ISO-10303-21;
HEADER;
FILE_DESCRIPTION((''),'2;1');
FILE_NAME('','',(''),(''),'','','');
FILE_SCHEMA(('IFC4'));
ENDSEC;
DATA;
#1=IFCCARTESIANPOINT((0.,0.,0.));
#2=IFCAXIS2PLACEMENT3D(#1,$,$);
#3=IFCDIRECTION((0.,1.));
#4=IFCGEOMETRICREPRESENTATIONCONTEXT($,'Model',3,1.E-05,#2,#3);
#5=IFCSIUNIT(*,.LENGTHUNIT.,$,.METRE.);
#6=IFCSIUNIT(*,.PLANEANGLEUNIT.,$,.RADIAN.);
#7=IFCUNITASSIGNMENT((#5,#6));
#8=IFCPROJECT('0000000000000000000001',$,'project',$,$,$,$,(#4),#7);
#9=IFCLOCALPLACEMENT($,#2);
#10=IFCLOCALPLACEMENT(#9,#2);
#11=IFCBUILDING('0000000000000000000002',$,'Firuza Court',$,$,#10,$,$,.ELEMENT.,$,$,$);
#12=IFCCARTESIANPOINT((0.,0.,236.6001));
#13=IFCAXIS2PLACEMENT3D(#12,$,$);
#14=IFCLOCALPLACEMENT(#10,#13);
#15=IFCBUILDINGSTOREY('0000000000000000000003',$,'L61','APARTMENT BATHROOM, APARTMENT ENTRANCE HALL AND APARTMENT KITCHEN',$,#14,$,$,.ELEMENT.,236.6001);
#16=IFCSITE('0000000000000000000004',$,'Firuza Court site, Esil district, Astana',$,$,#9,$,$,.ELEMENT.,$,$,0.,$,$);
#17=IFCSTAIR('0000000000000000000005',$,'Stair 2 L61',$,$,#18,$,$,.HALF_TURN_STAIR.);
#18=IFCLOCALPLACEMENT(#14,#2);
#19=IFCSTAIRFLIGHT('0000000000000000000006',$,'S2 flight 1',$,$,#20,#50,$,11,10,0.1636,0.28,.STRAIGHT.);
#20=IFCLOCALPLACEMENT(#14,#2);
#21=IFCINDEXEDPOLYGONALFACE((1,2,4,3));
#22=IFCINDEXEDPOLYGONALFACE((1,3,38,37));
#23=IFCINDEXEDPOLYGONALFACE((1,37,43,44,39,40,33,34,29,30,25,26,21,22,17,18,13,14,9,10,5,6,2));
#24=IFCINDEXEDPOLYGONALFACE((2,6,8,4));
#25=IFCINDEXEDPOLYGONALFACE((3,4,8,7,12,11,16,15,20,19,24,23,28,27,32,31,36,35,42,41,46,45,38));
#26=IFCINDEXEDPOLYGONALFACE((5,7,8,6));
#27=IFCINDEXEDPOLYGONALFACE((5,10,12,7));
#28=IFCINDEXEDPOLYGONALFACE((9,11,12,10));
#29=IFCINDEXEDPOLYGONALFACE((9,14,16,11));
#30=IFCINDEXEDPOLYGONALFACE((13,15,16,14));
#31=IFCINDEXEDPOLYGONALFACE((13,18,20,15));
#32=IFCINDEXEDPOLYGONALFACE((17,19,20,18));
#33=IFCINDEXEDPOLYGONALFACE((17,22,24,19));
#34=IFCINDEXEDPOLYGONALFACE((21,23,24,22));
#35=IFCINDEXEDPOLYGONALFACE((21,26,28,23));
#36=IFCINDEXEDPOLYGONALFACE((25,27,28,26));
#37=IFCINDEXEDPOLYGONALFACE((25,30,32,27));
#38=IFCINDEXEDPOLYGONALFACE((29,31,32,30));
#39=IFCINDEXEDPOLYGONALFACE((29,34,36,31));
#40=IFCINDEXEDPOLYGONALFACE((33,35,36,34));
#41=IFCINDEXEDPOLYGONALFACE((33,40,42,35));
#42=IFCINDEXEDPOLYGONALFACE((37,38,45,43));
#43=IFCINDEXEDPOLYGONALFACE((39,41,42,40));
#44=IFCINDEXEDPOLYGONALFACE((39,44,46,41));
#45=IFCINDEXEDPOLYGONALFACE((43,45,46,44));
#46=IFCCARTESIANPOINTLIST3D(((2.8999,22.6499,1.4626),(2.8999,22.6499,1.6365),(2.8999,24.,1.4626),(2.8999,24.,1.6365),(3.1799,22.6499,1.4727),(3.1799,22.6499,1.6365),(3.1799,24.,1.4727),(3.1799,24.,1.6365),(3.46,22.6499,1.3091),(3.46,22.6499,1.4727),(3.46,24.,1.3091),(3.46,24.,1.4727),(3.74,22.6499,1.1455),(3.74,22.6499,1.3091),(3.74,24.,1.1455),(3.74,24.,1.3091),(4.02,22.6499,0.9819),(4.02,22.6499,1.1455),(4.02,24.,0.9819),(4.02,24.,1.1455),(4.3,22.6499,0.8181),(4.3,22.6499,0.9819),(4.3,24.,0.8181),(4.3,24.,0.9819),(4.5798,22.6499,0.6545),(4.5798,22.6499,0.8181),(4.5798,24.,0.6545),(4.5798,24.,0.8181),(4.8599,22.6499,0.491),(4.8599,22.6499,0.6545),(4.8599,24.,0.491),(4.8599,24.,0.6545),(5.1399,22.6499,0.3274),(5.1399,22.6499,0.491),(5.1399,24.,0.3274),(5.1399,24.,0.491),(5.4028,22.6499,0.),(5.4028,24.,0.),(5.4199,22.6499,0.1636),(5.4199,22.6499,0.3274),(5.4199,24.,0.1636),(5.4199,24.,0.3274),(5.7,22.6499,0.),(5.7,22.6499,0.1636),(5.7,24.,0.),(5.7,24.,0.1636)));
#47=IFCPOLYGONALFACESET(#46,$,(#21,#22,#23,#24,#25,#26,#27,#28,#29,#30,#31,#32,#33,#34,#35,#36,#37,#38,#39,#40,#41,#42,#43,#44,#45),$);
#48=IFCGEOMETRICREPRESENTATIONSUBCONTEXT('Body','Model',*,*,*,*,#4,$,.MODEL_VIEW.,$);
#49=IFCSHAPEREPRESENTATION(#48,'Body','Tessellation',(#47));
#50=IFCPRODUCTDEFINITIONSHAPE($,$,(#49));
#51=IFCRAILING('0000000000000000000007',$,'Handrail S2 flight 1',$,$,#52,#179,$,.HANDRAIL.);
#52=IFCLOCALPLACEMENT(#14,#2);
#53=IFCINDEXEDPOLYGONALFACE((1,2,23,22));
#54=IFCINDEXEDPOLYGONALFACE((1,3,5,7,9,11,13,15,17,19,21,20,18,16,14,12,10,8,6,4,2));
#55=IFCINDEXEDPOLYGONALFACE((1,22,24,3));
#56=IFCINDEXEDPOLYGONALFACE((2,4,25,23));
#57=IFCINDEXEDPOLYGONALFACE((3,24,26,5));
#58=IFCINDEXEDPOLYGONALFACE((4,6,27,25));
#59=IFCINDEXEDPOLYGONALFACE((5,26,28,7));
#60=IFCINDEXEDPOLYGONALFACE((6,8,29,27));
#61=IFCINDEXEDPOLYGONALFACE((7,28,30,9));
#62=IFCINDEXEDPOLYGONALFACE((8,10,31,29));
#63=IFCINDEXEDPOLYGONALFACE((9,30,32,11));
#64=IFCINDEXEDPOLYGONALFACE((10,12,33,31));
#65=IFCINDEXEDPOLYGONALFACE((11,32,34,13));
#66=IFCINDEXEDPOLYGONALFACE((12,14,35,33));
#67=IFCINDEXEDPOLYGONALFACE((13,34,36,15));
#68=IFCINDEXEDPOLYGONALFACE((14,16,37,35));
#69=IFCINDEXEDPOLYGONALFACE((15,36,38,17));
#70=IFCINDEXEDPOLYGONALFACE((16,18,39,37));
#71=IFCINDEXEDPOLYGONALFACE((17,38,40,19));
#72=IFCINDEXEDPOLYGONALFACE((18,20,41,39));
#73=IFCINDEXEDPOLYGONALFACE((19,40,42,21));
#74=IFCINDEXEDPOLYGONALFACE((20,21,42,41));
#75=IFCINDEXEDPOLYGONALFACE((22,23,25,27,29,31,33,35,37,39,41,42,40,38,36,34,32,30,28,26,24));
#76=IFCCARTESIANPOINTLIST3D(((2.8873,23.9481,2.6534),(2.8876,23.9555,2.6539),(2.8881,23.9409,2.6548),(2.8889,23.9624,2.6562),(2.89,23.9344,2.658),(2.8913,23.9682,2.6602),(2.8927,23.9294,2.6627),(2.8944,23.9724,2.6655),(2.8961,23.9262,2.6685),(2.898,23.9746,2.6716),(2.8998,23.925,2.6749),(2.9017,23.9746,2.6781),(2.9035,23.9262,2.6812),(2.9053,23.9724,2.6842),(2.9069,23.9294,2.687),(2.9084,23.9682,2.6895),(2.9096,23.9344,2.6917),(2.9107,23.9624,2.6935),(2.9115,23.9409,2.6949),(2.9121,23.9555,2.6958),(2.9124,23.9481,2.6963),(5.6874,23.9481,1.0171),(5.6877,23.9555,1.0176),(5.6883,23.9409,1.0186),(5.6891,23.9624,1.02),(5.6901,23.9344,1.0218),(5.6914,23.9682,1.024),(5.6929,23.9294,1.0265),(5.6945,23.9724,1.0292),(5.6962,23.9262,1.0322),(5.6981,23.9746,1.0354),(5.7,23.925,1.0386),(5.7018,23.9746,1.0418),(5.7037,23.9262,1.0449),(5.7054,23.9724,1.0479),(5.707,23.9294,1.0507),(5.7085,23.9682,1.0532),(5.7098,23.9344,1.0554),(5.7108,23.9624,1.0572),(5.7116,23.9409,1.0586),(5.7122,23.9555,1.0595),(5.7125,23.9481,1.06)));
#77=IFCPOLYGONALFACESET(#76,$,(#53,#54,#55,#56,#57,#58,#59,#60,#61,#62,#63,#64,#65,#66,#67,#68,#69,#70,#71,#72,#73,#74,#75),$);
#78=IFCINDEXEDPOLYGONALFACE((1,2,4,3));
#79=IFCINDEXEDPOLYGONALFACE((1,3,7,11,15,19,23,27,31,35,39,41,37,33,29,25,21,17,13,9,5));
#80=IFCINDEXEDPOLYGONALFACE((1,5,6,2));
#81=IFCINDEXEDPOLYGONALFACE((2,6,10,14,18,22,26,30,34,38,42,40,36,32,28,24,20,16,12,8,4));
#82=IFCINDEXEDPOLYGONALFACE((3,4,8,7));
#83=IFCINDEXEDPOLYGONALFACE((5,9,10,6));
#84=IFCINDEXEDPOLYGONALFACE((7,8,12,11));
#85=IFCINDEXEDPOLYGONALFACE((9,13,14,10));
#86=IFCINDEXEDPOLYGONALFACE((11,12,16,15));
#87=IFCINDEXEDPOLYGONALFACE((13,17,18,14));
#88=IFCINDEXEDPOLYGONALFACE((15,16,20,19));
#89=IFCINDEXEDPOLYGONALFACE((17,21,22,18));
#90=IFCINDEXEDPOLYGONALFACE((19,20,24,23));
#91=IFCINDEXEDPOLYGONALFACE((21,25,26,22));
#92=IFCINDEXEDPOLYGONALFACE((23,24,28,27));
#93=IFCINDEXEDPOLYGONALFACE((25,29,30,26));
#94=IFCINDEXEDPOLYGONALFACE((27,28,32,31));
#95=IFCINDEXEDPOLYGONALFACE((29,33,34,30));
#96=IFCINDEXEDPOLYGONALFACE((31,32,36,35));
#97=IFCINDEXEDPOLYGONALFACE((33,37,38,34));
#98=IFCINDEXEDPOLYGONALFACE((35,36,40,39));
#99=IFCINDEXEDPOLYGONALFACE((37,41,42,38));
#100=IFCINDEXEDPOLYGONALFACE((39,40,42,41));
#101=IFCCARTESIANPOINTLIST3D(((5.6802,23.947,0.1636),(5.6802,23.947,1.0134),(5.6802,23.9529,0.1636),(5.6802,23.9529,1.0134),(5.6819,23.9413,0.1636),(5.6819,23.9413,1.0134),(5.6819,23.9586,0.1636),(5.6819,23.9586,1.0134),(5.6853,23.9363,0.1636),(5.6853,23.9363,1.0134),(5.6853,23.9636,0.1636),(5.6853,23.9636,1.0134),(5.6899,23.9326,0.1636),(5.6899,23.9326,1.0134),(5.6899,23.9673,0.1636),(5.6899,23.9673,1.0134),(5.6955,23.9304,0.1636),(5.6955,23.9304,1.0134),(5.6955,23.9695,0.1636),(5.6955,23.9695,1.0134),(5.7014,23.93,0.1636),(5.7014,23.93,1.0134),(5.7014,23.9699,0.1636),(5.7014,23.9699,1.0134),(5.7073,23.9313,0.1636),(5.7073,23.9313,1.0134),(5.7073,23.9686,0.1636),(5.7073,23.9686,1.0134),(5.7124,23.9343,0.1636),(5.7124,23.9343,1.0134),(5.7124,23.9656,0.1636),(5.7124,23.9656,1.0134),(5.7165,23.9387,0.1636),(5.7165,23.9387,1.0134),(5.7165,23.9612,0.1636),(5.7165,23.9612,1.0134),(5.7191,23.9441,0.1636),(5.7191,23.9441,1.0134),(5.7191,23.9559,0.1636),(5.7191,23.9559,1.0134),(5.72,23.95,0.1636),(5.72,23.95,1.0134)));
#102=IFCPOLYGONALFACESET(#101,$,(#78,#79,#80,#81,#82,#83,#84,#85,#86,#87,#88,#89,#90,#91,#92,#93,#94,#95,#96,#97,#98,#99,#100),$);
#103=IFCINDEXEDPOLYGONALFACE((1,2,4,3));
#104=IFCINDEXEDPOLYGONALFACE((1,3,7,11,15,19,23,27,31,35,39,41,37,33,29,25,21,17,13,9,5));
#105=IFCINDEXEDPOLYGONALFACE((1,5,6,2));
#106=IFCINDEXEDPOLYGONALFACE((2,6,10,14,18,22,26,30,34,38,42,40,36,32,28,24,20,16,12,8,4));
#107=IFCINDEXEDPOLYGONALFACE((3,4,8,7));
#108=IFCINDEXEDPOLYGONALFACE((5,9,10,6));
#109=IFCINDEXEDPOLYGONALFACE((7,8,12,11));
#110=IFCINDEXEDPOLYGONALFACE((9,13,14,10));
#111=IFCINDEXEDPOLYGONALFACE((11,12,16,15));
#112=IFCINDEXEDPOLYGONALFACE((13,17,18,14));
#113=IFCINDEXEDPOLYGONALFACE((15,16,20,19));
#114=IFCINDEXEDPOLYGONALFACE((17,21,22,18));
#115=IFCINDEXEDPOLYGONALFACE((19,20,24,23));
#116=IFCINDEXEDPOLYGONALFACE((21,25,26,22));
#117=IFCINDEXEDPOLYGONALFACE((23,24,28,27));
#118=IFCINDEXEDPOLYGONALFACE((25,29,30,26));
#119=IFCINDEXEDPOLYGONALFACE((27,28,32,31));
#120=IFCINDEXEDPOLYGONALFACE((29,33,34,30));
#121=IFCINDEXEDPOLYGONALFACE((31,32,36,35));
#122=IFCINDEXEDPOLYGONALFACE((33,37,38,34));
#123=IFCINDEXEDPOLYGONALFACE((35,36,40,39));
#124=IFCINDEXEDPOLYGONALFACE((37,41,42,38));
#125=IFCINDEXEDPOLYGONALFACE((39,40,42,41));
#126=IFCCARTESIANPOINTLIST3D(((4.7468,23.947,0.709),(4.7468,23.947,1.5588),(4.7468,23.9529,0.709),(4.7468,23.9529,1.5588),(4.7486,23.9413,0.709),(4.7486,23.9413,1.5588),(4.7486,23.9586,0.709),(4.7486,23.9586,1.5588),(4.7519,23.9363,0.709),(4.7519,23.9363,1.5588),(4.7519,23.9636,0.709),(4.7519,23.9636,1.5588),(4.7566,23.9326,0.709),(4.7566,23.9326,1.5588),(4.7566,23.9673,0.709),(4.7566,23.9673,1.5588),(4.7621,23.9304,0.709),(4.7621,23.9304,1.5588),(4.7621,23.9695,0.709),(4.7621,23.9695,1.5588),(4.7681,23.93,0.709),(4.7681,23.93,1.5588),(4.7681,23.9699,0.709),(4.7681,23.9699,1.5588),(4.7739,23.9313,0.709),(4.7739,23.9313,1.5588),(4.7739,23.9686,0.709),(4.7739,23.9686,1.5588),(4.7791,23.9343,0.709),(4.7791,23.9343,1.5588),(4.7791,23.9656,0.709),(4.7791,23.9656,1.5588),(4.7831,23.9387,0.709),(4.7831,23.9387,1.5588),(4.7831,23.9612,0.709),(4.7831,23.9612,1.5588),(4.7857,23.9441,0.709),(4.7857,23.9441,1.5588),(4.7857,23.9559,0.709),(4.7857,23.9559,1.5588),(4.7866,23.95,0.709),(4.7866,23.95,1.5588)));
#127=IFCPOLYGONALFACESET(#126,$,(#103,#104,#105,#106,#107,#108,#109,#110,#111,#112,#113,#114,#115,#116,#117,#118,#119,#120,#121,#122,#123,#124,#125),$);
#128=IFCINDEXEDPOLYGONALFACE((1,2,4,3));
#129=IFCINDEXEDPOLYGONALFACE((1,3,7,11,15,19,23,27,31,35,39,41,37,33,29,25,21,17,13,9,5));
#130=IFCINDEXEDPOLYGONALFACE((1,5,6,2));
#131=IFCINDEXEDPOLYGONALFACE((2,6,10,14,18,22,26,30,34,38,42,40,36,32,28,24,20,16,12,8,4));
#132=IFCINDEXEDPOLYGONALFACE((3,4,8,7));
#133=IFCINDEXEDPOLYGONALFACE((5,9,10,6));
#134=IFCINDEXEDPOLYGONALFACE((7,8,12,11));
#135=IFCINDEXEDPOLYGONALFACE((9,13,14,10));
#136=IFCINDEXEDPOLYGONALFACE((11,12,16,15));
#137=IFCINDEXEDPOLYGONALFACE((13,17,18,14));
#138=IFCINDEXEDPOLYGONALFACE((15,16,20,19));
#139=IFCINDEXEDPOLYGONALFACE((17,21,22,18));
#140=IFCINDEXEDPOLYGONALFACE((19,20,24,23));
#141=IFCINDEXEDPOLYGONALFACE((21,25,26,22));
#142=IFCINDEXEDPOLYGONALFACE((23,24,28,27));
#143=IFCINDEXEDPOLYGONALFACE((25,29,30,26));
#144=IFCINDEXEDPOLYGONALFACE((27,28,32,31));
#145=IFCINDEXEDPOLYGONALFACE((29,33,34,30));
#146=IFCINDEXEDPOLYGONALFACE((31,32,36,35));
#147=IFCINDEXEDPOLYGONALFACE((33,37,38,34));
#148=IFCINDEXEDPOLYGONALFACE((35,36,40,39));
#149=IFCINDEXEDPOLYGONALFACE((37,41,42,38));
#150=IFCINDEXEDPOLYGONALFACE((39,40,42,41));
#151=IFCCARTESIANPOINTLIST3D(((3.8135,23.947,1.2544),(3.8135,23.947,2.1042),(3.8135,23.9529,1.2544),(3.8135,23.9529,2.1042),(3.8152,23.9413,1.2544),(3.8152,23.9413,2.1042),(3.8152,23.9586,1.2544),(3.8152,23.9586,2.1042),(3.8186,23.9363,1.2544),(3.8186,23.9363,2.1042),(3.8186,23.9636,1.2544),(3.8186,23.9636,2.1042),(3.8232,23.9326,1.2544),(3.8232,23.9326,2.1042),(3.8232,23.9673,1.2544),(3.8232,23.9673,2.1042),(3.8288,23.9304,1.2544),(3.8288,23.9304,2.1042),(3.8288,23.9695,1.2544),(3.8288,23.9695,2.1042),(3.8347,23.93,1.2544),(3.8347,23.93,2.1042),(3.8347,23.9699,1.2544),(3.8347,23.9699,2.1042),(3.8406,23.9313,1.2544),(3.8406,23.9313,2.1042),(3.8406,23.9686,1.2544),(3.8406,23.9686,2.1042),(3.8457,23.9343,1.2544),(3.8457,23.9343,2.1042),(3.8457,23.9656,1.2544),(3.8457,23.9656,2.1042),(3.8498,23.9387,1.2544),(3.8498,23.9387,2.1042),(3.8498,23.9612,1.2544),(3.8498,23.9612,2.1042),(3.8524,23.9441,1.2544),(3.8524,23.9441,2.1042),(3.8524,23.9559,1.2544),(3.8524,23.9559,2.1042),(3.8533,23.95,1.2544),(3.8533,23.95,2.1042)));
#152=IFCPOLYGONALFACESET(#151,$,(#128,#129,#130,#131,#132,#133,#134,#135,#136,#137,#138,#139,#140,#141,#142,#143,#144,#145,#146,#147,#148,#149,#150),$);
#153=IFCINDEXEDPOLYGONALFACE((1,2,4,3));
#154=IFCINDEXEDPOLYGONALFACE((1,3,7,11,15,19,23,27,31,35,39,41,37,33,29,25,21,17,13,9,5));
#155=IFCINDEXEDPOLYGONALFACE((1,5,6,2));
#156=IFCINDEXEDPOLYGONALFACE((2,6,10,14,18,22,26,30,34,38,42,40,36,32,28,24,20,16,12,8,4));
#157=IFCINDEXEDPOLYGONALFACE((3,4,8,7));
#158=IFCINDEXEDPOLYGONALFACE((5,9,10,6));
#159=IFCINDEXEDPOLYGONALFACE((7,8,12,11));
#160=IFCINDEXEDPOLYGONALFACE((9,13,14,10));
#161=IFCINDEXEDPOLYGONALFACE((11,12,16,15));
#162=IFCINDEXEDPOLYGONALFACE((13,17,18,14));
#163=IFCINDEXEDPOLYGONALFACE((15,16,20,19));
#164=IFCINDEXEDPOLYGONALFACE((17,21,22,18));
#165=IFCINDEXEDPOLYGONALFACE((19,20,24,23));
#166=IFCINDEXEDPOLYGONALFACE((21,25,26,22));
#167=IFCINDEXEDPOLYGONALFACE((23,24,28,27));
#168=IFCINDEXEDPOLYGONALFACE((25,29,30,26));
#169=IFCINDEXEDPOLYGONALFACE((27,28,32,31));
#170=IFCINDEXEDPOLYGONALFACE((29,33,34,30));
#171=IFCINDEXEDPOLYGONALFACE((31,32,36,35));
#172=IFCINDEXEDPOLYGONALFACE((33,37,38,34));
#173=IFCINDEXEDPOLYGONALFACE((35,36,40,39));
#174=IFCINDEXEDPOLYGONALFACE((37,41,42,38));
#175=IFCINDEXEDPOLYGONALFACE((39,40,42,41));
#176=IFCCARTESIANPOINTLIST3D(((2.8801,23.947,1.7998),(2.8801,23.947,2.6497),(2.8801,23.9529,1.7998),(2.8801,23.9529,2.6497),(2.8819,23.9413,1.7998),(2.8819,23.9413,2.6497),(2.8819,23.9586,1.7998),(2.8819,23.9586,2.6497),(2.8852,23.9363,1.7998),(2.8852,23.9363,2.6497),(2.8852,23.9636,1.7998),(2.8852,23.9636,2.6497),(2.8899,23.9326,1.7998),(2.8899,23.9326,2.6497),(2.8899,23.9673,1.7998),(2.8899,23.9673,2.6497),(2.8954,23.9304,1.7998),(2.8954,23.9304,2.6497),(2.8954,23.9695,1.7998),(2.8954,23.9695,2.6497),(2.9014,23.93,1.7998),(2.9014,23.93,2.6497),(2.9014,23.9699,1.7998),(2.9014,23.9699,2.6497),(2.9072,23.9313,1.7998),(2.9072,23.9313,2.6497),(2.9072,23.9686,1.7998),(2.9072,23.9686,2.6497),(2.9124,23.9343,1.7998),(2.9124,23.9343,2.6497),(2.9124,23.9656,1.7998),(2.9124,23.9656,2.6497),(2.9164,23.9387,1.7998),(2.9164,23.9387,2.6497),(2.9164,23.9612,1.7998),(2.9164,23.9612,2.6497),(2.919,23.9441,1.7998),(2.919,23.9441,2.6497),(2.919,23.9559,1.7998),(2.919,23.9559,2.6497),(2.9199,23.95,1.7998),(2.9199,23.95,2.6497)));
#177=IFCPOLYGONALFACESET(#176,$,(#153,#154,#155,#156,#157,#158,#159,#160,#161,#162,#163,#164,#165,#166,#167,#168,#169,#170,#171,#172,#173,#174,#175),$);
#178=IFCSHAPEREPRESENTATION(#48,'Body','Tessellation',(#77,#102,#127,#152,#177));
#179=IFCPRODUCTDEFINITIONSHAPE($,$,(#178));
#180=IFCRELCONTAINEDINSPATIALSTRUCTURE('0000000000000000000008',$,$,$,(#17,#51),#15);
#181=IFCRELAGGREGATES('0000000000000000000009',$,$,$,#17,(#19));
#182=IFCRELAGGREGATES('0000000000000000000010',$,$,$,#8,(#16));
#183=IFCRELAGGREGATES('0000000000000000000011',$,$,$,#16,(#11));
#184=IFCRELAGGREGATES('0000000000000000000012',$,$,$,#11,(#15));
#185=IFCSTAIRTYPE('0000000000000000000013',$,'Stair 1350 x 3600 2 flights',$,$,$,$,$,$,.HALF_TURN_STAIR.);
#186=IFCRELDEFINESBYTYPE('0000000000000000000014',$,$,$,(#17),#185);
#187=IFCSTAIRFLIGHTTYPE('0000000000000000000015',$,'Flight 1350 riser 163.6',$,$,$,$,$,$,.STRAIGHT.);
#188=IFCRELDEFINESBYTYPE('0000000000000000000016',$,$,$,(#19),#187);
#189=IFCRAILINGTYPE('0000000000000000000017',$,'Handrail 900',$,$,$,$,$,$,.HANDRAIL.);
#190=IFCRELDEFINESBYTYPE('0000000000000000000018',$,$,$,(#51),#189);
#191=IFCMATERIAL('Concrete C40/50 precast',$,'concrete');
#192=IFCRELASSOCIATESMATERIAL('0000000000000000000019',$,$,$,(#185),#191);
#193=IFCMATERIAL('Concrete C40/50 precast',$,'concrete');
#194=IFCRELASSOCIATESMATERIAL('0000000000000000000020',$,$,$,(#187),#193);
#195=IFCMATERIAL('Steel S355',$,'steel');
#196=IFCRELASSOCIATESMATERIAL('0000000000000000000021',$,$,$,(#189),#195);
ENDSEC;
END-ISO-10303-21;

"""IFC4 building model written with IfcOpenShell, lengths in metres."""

from ifc_helpers import new_model, si_unit, direction, frame, origin, origin_2d, place, context, subcontext, project, spatial, polyline, circle, outline, extrude, material, type_object, element, aggregate, save


model = new_model("IFC4")

# Units and contexts
model_context = context("Model", 3, precision=1e-05, world=origin(), true_north=direction((0.0, 1.0)))
body_context = subcontext(model_context, "Body", "Model", "MODEL_VIEW")
ifc_project = project(units=[si_unit("LENGTHUNIT", "METRE"), si_unit("PLANEANGLEUNIT", "RADIAN")], contexts=[model_context])

# Site, building, storey
site_placement = place(None, origin())
site = spatial("IfcSite", under=ifc_project, at=site_placement, Name="Firuza Court site, Esil district, Astana", CompositionType="ELEMENT", RefElevation=0.0)
building_placement = place(site_placement, origin())
building = spatial("IfcBuilding", under=site, at=building_placement, Name="Firuza Court", CompositionType="ELEMENT")
storey_placement = place(building_placement, frame((0.0, 0.0, 236.6001)))
storey = spatial("IfcBuildingStorey", under=building, at=storey_placement, Name="L61", Description="APARTMENT BATHROOM, APARTMENT ENTRANCE HALL AND APARTMENT KITCHEN", CompositionType="ELEMENT", Elevation=236.6001)

# Stair, stair flight
ifc_material_1 = material(Name="Concrete C40/50 precast", Category="concrete")
stair_type = type_object("IfcStairType", Name="Stair 1350 x 3600 2 flights", PredefinedType="HALF_TURN_STAIR", material=ifc_material_1)
stair_placement = place(storey_placement, origin())
stair = element("IfcStair", 1, at=stair_placement, inside=storey, type_object=stair_type, Name="Stair 2 L61", PredefinedType="HALF_TURN_STAIR")
ifc_material_2 = material(Name="Concrete C40/50 precast", Category="concrete")
stair_flight_type = type_object("IfcStairFlightType", Name="Flight 1350 riser 163.6", PredefinedType="STRAIGHT", material=ifc_material_2)
stair_flight_placement = place(storey_placement, frame((5.7, 23.325, 0.0), z_axis=(0.0, 0.0, 1.0), x_axis=(-1.0, 0.0, 0.0)))
stair_flight = element("IfcStairFlight", 2, at=stair_flight_placement, type_object=stair_flight_type, Name="S2 flight 1", NumberOfRisers=11, NumberOfTreads=10, PredefinedType="STRAIGHT", RiserHeight=0.1636, TreadLength=0.28, context=body_context, shape_type="SweptSolid", body=[
    extrude(outline(polyline([(0.0, 0.0), (0.0, 0.1636), (0.28, 0.1636), (0.28, 0.3274), (0.5601, 0.3274), (0.5601, 0.491), (0.8401, 0.491), (0.8401, 0.6545), (1.1201, 0.6545), (1.1201, 0.8181), (1.3999, 0.8181), (1.3999, 0.9819), (1.6799, 0.9819), (1.6799, 1.1455), (1.96, 1.1455), (1.96, 1.3091), (2.24, 1.3091), (2.24, 1.4727), (2.52, 1.4727), (2.52, 1.6365), (2.8, 1.6365), (2.8, 1.8), (2.8, 1.4626), (0.2971, 0.0), (0.0, 0.0)])), frame((0.0, 0.675, 0.0), z_axis=(0.0, -1.0, 0.0), x_axis=(1.0, 0.0, 0.0)), (0.0, 0.0, 1.0), 1.3501),
])
aggregate(stair, [stair_flight])

# Railing
ifc_material_3 = material(Name="Steel S355", Category="steel")
railing_type_1 = type_object("IfcRailingType", Name="Handrail 900", PredefinedType="HANDRAIL", material=ifc_material_3)
railing_1_placement = place(storey_placement, frame((5.7, 23.95, 0.1636)))
element("IfcRailing", 3, at=railing_1_placement, inside=storey, type_object=railing_type_1, Name="Handrail S2 flight 1", PredefinedType="HANDRAIL", context=body_context, shape_type="SweptSolid", body=[
    extrude(circle(Radius=0.0249, at=origin_2d()), frame((0.0, 0.0, 0.875), z_axis=(-0.863394, 0.0, 0.504531), x_axis=(0.0, -1.0, 0.0)), (0.0, 0.0, 1.0), 3.2432),
    extrude(circle(Radius=0.02, at=origin_2d()), origin(), (0.0, 0.0, 1.0), 0.8499),
    extrude(circle(Radius=0.02, at=origin_2d()), frame((-0.9333, 0.0, 0.5454)), (0.0, 0.0, 1.0), 0.8499),
    extrude(circle(Radius=0.02, at=origin_2d()), frame((-1.8667, 0.0, 1.0908)), (0.0, 0.0, 1.0), 0.8499),
    extrude(circle(Radius=0.02, at=origin_2d()), frame((-2.8, 0.0, 1.6362)), (0.0, 0.0, 1.0), 0.8499),
])

save(model, "model.ifc")
